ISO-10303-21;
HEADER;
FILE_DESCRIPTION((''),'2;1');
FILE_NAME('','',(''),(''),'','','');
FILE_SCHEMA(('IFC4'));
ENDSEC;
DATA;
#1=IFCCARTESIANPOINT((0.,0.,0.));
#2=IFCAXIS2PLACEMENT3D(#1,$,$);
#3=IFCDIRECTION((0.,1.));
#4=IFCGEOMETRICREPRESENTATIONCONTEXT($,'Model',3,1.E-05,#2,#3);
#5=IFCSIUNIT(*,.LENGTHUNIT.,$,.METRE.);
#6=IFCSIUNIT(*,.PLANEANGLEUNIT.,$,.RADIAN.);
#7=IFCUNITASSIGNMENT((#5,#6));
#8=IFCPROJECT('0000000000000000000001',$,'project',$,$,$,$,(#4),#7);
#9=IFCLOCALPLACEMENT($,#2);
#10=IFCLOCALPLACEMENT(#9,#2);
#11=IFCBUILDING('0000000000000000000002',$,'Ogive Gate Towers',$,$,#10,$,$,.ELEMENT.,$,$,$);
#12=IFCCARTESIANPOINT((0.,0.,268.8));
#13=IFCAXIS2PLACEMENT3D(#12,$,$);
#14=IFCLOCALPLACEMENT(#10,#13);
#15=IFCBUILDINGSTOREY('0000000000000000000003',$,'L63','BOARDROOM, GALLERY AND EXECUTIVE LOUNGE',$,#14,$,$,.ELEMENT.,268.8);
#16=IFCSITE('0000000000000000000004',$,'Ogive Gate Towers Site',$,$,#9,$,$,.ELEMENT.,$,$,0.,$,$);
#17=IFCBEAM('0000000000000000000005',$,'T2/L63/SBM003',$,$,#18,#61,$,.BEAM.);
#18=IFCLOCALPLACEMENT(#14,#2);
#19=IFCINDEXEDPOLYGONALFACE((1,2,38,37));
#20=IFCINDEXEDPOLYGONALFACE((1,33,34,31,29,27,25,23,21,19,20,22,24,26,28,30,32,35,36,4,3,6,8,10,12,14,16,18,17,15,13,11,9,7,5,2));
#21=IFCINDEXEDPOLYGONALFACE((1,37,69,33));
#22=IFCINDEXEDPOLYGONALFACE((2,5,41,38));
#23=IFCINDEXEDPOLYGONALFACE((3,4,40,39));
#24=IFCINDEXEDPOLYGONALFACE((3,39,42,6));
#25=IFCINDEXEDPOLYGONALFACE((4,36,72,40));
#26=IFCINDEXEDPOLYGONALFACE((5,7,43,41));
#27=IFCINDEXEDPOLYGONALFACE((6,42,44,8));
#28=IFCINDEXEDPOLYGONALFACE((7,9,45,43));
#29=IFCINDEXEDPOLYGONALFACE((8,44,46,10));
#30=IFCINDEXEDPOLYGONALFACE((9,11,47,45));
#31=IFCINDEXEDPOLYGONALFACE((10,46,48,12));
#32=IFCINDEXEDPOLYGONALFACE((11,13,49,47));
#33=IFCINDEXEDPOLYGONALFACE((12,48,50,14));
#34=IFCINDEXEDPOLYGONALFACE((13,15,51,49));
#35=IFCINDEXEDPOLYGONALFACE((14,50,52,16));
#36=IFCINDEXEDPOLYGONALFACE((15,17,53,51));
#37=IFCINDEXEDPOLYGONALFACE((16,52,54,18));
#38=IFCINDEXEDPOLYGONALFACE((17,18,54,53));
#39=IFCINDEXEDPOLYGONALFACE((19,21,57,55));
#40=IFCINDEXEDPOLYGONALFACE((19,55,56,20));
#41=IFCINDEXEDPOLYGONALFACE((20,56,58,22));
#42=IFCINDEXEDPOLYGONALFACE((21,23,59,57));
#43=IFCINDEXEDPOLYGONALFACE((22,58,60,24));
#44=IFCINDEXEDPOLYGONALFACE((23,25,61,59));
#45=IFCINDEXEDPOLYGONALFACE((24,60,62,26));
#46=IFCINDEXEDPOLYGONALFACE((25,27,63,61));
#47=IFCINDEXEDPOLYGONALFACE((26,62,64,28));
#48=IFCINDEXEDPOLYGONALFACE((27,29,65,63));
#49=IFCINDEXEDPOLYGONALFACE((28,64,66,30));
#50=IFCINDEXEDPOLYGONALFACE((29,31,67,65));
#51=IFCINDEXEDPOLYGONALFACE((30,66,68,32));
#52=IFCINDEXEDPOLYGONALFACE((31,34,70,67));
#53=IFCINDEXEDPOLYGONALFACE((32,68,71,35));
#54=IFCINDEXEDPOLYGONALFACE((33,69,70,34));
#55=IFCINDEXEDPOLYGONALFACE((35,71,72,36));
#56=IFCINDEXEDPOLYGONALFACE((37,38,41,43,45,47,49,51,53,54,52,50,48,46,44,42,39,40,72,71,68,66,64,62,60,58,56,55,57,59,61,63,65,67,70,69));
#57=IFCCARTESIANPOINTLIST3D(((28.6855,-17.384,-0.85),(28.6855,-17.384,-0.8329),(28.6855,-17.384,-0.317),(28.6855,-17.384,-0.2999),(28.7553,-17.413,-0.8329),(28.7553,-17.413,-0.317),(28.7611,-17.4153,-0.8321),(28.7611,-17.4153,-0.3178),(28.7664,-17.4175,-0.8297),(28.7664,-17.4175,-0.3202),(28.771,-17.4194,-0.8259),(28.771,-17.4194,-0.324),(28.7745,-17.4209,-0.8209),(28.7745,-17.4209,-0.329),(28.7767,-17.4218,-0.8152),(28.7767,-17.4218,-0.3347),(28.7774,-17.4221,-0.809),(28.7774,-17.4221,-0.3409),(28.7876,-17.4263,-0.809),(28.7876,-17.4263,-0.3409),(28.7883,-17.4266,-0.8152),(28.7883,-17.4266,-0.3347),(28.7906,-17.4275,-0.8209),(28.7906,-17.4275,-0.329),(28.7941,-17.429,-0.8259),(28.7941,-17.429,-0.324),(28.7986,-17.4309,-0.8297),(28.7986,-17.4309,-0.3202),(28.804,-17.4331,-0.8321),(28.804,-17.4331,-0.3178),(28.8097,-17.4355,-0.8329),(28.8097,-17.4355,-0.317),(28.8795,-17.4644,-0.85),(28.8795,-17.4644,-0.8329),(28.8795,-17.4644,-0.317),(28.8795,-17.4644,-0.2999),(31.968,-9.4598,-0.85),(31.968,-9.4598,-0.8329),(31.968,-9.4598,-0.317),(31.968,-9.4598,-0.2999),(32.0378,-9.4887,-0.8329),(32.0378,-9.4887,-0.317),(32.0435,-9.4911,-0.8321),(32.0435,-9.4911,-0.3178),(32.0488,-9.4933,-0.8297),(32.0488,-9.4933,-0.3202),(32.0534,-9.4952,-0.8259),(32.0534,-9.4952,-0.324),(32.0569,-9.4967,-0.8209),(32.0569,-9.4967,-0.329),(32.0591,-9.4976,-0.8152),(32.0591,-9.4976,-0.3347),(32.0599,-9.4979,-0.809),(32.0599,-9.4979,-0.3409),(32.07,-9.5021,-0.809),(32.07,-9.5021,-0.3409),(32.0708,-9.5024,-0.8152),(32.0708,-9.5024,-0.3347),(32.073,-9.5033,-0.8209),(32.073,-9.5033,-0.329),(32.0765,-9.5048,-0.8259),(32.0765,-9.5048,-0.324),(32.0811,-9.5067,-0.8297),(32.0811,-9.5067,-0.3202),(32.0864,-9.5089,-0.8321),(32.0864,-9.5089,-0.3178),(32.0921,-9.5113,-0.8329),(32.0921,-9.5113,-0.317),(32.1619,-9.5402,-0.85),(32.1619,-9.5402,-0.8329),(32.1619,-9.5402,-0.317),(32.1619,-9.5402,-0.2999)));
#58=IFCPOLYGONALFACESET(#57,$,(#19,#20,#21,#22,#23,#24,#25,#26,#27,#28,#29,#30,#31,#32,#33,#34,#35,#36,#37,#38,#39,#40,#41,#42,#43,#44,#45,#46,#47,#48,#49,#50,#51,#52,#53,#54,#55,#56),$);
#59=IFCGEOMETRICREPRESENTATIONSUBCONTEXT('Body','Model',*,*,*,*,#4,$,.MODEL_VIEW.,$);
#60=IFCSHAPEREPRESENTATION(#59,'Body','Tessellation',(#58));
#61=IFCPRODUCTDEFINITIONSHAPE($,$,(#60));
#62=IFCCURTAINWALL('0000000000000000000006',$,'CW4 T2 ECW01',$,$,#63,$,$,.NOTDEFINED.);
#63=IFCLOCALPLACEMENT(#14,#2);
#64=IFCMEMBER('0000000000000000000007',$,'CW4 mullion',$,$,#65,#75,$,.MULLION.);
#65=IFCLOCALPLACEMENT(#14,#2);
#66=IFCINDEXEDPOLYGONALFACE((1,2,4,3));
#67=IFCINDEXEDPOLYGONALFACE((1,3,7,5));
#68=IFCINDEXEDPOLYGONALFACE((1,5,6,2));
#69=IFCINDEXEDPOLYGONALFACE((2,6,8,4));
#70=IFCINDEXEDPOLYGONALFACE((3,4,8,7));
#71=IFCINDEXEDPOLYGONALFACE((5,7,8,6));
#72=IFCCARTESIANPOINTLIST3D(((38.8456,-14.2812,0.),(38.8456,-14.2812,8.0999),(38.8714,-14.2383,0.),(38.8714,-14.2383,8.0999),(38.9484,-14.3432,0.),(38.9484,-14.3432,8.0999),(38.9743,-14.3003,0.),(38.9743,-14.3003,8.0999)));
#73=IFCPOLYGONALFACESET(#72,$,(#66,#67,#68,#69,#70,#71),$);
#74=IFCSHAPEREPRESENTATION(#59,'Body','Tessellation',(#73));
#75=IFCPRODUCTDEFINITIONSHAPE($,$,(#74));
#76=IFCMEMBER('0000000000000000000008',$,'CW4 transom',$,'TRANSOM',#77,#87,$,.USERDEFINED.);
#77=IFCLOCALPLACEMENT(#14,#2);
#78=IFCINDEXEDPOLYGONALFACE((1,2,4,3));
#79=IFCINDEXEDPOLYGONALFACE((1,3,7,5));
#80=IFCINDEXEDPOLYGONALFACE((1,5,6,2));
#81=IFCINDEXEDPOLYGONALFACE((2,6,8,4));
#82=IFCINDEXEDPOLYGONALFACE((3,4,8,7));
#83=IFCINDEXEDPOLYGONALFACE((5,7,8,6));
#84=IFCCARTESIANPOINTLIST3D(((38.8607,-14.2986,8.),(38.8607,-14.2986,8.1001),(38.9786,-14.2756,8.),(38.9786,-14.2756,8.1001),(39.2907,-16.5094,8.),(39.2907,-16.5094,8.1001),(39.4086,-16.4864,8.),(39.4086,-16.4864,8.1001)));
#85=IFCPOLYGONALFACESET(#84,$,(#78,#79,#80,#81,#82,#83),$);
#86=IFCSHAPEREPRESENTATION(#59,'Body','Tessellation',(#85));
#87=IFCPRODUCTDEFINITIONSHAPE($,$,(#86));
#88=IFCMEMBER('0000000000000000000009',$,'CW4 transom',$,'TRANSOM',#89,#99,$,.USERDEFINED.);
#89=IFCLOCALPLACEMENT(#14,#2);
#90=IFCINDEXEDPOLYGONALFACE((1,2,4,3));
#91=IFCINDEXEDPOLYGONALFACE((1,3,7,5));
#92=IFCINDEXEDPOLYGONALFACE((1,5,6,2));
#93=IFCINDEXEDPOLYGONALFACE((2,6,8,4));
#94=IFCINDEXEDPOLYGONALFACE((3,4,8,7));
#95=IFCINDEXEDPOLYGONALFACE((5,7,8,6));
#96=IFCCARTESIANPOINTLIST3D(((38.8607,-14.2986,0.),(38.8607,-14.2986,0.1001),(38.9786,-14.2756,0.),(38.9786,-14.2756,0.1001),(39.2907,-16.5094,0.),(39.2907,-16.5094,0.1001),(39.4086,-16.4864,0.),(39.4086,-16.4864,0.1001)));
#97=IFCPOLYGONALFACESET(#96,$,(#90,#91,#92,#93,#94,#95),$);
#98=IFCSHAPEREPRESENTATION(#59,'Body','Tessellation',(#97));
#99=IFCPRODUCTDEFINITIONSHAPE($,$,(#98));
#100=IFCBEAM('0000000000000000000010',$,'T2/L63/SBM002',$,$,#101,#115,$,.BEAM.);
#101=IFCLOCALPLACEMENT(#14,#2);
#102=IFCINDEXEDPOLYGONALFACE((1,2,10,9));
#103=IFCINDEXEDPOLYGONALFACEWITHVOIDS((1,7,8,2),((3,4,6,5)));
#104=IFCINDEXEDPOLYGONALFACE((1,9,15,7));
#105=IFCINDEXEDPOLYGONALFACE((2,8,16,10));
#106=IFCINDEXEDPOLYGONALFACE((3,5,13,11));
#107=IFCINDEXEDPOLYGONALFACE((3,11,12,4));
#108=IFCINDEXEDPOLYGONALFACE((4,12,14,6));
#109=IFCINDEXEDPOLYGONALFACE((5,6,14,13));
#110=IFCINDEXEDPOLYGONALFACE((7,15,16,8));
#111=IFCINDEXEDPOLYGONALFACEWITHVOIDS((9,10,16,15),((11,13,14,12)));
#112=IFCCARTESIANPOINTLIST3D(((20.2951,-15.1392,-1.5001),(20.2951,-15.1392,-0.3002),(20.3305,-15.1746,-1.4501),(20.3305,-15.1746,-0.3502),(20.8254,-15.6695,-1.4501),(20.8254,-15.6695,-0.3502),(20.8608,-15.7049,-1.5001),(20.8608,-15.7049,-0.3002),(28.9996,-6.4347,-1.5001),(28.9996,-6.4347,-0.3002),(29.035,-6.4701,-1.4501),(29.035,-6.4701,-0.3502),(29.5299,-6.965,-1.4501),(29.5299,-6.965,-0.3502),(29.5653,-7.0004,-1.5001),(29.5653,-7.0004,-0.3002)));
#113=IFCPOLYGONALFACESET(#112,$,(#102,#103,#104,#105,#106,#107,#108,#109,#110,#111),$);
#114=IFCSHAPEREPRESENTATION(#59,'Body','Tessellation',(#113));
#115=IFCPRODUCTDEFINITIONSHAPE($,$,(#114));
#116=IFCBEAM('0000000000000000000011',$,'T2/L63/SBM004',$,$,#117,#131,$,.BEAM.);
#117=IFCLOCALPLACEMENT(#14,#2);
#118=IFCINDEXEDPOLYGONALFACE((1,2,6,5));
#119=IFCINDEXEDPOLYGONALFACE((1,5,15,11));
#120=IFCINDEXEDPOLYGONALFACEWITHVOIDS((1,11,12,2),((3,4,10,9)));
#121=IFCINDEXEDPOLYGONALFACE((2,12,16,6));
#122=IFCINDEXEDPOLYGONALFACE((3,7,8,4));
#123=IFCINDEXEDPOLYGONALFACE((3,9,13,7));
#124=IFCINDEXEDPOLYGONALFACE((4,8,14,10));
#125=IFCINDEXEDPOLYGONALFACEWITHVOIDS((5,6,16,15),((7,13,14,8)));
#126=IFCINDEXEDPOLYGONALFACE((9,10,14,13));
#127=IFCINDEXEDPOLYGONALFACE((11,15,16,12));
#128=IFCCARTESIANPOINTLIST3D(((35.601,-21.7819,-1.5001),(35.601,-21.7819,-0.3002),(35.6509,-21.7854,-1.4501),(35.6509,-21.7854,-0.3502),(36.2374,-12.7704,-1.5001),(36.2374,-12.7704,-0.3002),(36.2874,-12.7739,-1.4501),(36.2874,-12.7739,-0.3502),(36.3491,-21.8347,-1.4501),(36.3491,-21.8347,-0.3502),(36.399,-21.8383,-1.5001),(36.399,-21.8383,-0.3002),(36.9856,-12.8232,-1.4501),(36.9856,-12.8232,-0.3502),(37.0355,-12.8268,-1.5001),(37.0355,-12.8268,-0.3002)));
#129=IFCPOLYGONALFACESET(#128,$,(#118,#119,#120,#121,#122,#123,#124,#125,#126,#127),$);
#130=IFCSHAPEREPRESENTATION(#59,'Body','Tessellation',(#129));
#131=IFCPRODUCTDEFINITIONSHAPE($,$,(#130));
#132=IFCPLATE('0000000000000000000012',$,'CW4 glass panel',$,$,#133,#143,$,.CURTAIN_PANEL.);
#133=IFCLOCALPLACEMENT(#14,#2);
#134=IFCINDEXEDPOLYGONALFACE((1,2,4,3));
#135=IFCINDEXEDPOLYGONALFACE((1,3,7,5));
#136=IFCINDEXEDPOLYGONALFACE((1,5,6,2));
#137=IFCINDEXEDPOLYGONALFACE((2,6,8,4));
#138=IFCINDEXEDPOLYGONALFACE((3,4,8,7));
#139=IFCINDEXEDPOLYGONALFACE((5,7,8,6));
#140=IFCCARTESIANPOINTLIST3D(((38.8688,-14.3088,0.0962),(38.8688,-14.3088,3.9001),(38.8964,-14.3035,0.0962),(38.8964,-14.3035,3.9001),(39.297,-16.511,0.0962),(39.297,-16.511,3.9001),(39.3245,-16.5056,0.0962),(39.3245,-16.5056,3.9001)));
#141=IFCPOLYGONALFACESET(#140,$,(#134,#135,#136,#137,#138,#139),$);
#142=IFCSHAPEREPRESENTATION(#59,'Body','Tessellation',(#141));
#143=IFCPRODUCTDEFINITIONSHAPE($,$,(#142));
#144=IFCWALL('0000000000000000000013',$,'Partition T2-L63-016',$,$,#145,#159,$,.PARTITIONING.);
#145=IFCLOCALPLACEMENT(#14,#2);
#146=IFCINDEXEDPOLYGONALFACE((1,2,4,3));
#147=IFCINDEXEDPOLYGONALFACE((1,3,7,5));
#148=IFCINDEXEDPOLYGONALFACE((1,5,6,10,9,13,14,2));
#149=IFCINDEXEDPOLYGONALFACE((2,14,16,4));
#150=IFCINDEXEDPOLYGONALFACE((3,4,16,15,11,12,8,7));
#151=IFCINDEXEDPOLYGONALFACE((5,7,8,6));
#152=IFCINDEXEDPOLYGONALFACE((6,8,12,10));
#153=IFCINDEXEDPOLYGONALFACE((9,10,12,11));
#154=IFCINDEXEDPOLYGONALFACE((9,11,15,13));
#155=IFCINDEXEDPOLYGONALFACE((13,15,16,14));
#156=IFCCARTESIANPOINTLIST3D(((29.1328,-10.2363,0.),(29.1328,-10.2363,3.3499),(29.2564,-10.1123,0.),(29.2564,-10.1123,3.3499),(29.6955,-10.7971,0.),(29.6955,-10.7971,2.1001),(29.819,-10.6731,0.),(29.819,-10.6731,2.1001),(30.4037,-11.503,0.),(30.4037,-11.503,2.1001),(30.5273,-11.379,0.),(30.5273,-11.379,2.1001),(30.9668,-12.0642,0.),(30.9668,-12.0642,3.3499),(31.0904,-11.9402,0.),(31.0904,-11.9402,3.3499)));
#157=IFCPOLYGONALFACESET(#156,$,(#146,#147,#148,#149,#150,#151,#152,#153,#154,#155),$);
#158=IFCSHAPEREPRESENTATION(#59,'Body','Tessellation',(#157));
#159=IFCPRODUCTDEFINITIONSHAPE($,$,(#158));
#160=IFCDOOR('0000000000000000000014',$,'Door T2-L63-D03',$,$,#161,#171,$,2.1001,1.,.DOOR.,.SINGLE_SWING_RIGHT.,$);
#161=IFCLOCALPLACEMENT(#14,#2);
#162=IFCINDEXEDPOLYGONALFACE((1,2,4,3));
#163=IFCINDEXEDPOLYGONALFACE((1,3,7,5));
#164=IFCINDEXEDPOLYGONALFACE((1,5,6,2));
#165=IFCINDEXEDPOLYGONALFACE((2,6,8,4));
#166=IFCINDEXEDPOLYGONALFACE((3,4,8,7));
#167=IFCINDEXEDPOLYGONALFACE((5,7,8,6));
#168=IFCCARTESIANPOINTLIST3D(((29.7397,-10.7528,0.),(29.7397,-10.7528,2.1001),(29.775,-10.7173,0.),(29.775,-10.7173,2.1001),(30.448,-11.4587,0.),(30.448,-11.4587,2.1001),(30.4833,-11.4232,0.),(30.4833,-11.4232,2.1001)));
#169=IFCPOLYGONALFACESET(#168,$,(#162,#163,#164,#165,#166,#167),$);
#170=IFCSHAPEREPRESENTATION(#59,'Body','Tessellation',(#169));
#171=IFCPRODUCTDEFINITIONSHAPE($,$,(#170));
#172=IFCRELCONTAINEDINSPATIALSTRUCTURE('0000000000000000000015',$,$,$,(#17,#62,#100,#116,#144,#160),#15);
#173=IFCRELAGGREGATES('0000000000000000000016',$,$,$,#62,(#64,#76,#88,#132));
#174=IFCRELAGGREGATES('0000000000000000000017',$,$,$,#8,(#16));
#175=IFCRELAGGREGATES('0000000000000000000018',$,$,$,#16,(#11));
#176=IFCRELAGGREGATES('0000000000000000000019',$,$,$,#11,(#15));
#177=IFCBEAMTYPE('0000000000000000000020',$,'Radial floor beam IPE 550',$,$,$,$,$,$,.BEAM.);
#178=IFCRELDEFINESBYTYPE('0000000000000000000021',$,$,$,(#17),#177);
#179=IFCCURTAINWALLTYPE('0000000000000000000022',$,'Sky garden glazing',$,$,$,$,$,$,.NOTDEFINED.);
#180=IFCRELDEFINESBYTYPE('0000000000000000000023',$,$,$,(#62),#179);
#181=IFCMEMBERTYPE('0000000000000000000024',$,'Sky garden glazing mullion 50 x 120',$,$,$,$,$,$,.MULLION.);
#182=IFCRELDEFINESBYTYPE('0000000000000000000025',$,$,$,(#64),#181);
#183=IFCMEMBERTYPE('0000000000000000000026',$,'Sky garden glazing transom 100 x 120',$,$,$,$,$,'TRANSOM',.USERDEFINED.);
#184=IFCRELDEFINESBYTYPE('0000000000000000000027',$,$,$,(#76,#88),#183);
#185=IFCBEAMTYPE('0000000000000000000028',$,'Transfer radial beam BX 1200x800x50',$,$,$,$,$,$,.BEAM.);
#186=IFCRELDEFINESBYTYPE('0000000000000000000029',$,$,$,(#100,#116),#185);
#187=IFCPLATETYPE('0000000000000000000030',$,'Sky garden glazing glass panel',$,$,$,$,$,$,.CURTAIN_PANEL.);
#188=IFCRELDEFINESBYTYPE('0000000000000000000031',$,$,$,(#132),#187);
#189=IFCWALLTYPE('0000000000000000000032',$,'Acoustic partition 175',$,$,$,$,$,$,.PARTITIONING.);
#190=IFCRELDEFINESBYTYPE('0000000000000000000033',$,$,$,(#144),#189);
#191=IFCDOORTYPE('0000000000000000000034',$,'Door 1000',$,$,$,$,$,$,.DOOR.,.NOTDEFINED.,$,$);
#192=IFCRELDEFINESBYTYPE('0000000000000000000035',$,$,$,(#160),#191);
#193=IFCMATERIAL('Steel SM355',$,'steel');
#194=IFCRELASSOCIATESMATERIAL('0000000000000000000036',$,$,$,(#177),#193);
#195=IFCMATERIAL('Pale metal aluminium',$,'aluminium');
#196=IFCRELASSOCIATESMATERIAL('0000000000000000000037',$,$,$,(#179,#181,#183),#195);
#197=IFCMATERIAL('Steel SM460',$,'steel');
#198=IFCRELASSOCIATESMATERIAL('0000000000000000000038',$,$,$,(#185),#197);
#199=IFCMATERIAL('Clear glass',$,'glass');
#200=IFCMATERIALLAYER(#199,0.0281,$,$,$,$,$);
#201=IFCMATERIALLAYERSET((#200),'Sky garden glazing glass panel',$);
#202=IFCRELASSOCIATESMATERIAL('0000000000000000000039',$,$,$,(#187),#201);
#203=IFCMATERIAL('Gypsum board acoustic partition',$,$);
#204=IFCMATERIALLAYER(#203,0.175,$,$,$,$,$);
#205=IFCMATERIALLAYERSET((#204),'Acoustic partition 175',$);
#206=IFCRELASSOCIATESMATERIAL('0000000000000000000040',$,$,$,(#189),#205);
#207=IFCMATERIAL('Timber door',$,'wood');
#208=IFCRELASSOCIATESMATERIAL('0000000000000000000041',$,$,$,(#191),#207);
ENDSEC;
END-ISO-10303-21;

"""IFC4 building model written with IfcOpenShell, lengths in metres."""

from ifc_helpers import new_model, si_unit, direction, frame, frame_2d, origin, origin_2d, place, context, subcontext, project, spatial, rectangle, hollow_rectangle, i_section, extrude, material, layer, layer_set, material_profile, profile_set, type_object, element, fill, aggregate, save


model = new_model("IFC4")

# Units and contexts
model_context = context("Model", 3, precision=1e-05, world=origin(), true_north=direction((0.0, 1.0)))
body_context = subcontext(model_context, "Body", "Model", "MODEL_VIEW")
ifc_project = project(units=[si_unit("LENGTHUNIT", "METRE"), si_unit("PLANEANGLEUNIT", "RADIAN")], contexts=[model_context])

# Site, building, storey
site_placement = place(None, origin())
site = spatial("IfcSite", under=ifc_project, at=site_placement, Name="Ogive Gate Towers Site", CompositionType="ELEMENT", RefElevation=0.0)
building_placement = place(site_placement, origin())
building = spatial("IfcBuilding", under=site, at=building_placement, Name="Ogive Gate Towers", CompositionType="ELEMENT")
storey_placement = place(building_placement, frame((0.0, 0.0, 268.8)))
storey = spatial("IfcBuildingStorey", under=building, at=storey_placement, Name="L63", Description="BOARDROOM, GALLERY AND EXECUTIVE LOUNGE", CompositionType="ELEMENT", Elevation=268.8)

# Beam
ifc_material_1 = material(Name="Steel SM355", Category="steel")
ifc_material_profile_1 = material_profile(ifc_material_1, i_section(OverallWidth=0.21, OverallDepth=0.55, WebThickness=0.011, FlangeThickness=0.0171, FilletRadius=0.0239, at=origin_2d()), Name="IPE 550")
ifc_profile_set_1 = profile_set([ifc_material_profile_1], Name="Steel SM355")
beam_type_1 = type_object("IfcBeamType", Name="Radial floor beam IPE 550", PredefinedType="BEAM", material=ifc_profile_set_1)
beam_1_placement = place(storey_placement, frame((32.0649, -9.5, -0.575), z_axis=(-0.382695, -0.923875, 0.0), x_axis=(0.923875, -0.382695, 0.0)))
element("IfcBeam", 1, at=beam_1_placement, inside=storey, type_object=beam_type_1, Name="T2/L63/SBM003", PredefinedType="BEAM", context=body_context, shape_type="SweptSolid", body=[
    extrude(i_section(OverallWidth=0.21, OverallDepth=0.55, WebThickness=0.011, FlangeThickness=0.0171, FilletRadius=0.0239, at=origin_2d()), origin(), (0.0, 0.0, 1.0), 8.5771),
])

# Curtain wall, members
ifc_material_2 = material(Name="Pale metal aluminium", Category="aluminium")
curtain_wall_type = type_object("IfcCurtainWallType", Name="Sky garden glazing", PredefinedType="NOTDEFINED", material=ifc_material_2)
curtain_wall_placement = place(storey_placement, origin())
curtain_wall = element("IfcCurtainWall", 2, at=curtain_wall_placement, inside=storey, type_object=curtain_wall_type, Name="CW4 T2 ECW01", PredefinedType="NOTDEFINED")
ifc_material_profile_2 = material_profile(ifc_material_2, rectangle(XDim=0.1201, YDim=0.05, at=origin_2d()), Name="50 x 120 aluminium box")
ifc_profile_set_2 = profile_set([ifc_material_profile_2], Name="Pale metal aluminium")
member_type_1 = type_object("IfcMemberType", Name="Sky garden glazing mullion 50 x 120", PredefinedType="MULLION", material=ifc_profile_set_2)
member_1_placement = place(storey_placement, frame((38.9099, -14.2908, 0.0), z_axis=(0.0, 0.0, 1.0), x_axis=(-0.856618, 0.51595, 0.0)))
member_1 = element("IfcMember", 3, at=member_1_placement, type_object=member_type_1, Name="CW4 mullion", PredefinedType="MULLION", context=body_context, shape_type="SweptSolid", body=[
    extrude(rectangle(XDim=0.1201, YDim=0.05, at=origin_2d()), origin(), (0.0, 0.0, 1.0), 8.0999),
])
ifc_material_profile_3 = material_profile(ifc_material_2, rectangle(XDim=0.1201, YDim=0.1001, at=origin_2d()), Name="100 x 120 aluminium box")
ifc_profile_set_3 = profile_set([ifc_material_profile_3], Name="Pale metal aluminium")
member_type_2 = type_object("IfcMemberType", Name="Sky garden glazing transom 100 x 120", ElementType="TRANSOM", PredefinedType="USERDEFINED", material=ifc_profile_set_3)
member_2_placement = place(storey_placement, frame((38.9197, -14.2871, 8.05), z_axis=(0.190902, -0.981609, 0.0), x_axis=(0.981609, 0.190902, 0.0)))
member_2 = element("IfcMember", 4, at=member_2_placement, type_object=member_type_2, Name="CW4 transom", ObjectType="TRANSOM", PredefinedType="USERDEFINED", context=body_context, shape_type="SweptSolid", body=[
    extrude(rectangle(XDim=0.1201, YDim=0.1001, at=origin_2d()), origin(), (0.0, 0.0, 1.0), 2.2522),
])
member_3_placement = place(storey_placement, frame((38.9197, -14.2871, 0.05), z_axis=(0.190902, -0.981609, 0.0), x_axis=(0.981609, 0.190902, 0.0)))
member_3 = element("IfcMember", 5, at=member_3_placement, type_object=member_type_2, Name="CW4 transom", ObjectType="TRANSOM", PredefinedType="USERDEFINED", context=body_context, shape_type="SweptSolid", body=[
    extrude(rectangle(XDim=0.1201, YDim=0.1001, at=origin_2d()), origin(), (0.0, 0.0, 1.0), 2.2522),
])

# Beams
ifc_material_3 = material(Name="Steel SM460", Category="steel")
ifc_material_profile_4 = material_profile(ifc_material_3, hollow_rectangle(XDim=0.8, YDim=1.2, WallThickness=0.05, at=origin_2d()), Name="BX 1200x800x50")
ifc_profile_set_4 = profile_set([ifc_material_profile_4], Name="Steel SM460")
beam_type_2 = type_object("IfcBeamType", Name="Transfer radial beam BX 1200x800x50", PredefinedType="BEAM", material=ifc_profile_set_4)
beam_2_placement = place(storey_placement, frame((29.2825, -6.7175, -0.9001), z_axis=(-0.707107, -0.707107, 0.0), x_axis=(0.707107, -0.707107, 0.0)))
element("IfcBeam", 6, at=beam_2_placement, inside=storey, type_object=beam_type_2, Name="T2/L63/SBM002", PredefinedType="BEAM", context=body_context, shape_type="SweptSolid", body=[
    extrude(hollow_rectangle(XDim=0.8, YDim=1.2, WallThickness=0.05, at=origin_2d()), origin(), (0.0, 0.0, 1.0), 12.3101),
])
beam_3_placement = place(storey_placement, frame((36.6365, -12.7986, -0.9001), z_axis=(-0.070454, -0.997515, 0.0), x_axis=(0.997515, -0.070454, 0.0)))
element("IfcBeam", 7, at=beam_3_placement, inside=storey, type_object=beam_type_2, Name="T2/L63/SBM004", PredefinedType="BEAM", context=body_context, shape_type="SweptSolid", body=[
    extrude(hollow_rectangle(XDim=0.8, YDim=1.2, WallThickness=0.05, at=origin_2d()), origin(), (0.0, 0.0, 1.0), 9.0339),
])

# Plate
ifc_material_4 = material(Name="Clear glass", Category="glass")
ifc_layer_1 = layer(ifc_material_4, 0.0281)
ifc_layer_set_1 = layer_set([ifc_layer_1], Name="Sky garden glazing glass panel")
plate_type = type_object("IfcPlateType", Name="Sky garden glazing glass panel", PredefinedType="CURTAIN_PANEL", material=ifc_layer_set_1)
plate_placement = place(storey_placement, frame((39.0967, -15.4072, 0.0962), z_axis=(0.0, 0.0, 1.0), x_axis=(0.190826, -0.981624, 0.0)))
plate = element("IfcPlate", 8, at=plate_placement, type_object=plate_type, Name="CW4 glass panel", PredefinedType="CURTAIN_PANEL", context=body_context, shape_type="SweptSolid", body=[
    extrude(rectangle(XDim=2.2434, YDim=0.0281, at=origin_2d()), origin(), (0.0, 0.0, 1.0), 3.804),
])
aggregate(curtain_wall, [member_1, member_2, member_3, plate])

# Wall, opening, door
ifc_material_5 = material(Name="Gypsum board acoustic partition")
ifc_layer_2 = layer(ifc_material_5, 0.175)
ifc_layer_set_2 = layer_set([ifc_layer_2], Name="Acoustic partition 175")
wall_type_1 = type_object("IfcWallType", Name="Acoustic partition 175", PredefinedType="PARTITIONING", material=ifc_layer_set_2)
wall_1_placement = place(storey_placement, frame((31.0286, -12.0022, 0.0), z_axis=(0.0, 0.0, 1.0), x_axis=(-0.708284, 0.705927, 0.0)))
wall_1 = element("IfcWall", 9, at=wall_1_placement, inside=storey, type_object=wall_type_1, Name="Partition T2-L63-016", PredefinedType="PARTITIONING", context=body_context, shape_type="SweptSolid", body=[
    extrude(rectangle(XDim=2.5894, YDim=0.175, at=frame_2d((1.2947, 0.0))), origin(), (0.0, 0.0, 1.0), 3.3499),
])
opening_1_placement = place(wall_1_placement, frame((0.7949, 0.0, 0.0)))
opening_1 = element("IfcOpeningElement", 10, at=opening_1_placement, cuts=wall_1, PredefinedType="OPENING", context=body_context, shape_type="SweptSolid", body=[
    extrude(rectangle(XDim=1.0, YDim=2.1001, at=frame_2d((0.5, 1.05))), frame((0.0, 0.0977, 0.0), z_axis=(0.0, -1.0, 0.0), x_axis=(1.0, 0.0, 0.0)), (0.0, 0.0, 1.0), 0.1951),
])
ifc_material_6 = material(Name="Timber door", Category="wood")
door_type_1 = type_object("IfcDoorType", Name="Door 1000", OperationType="NOTDEFINED", PredefinedType="DOOR", material=ifc_material_6)
door_1_placement = place(opening_1_placement, origin())
door_1 = element("IfcDoor", 11, at=door_1_placement, inside=storey, type_object=door_type_1, Name="Door T2-L63-D03", OperationType="SINGLE_SWING_RIGHT", OverallHeight=2.1001, OverallWidth=1.0, PredefinedType="DOOR", context=body_context, shape_type="SweptSolid", body=[
    extrude(rectangle(XDim=1.0, YDim=2.1001, at=frame_2d((0.5, 1.05))), frame((0.0, 0.0249, 0.0), z_axis=(0.0, -1.0, 0.0), x_axis=(1.0, 0.0, 0.0)), (0.0, 0.0, 1.0), 0.05),
])
fill(opening_1, door_1)

save(model, "model.ifc")
